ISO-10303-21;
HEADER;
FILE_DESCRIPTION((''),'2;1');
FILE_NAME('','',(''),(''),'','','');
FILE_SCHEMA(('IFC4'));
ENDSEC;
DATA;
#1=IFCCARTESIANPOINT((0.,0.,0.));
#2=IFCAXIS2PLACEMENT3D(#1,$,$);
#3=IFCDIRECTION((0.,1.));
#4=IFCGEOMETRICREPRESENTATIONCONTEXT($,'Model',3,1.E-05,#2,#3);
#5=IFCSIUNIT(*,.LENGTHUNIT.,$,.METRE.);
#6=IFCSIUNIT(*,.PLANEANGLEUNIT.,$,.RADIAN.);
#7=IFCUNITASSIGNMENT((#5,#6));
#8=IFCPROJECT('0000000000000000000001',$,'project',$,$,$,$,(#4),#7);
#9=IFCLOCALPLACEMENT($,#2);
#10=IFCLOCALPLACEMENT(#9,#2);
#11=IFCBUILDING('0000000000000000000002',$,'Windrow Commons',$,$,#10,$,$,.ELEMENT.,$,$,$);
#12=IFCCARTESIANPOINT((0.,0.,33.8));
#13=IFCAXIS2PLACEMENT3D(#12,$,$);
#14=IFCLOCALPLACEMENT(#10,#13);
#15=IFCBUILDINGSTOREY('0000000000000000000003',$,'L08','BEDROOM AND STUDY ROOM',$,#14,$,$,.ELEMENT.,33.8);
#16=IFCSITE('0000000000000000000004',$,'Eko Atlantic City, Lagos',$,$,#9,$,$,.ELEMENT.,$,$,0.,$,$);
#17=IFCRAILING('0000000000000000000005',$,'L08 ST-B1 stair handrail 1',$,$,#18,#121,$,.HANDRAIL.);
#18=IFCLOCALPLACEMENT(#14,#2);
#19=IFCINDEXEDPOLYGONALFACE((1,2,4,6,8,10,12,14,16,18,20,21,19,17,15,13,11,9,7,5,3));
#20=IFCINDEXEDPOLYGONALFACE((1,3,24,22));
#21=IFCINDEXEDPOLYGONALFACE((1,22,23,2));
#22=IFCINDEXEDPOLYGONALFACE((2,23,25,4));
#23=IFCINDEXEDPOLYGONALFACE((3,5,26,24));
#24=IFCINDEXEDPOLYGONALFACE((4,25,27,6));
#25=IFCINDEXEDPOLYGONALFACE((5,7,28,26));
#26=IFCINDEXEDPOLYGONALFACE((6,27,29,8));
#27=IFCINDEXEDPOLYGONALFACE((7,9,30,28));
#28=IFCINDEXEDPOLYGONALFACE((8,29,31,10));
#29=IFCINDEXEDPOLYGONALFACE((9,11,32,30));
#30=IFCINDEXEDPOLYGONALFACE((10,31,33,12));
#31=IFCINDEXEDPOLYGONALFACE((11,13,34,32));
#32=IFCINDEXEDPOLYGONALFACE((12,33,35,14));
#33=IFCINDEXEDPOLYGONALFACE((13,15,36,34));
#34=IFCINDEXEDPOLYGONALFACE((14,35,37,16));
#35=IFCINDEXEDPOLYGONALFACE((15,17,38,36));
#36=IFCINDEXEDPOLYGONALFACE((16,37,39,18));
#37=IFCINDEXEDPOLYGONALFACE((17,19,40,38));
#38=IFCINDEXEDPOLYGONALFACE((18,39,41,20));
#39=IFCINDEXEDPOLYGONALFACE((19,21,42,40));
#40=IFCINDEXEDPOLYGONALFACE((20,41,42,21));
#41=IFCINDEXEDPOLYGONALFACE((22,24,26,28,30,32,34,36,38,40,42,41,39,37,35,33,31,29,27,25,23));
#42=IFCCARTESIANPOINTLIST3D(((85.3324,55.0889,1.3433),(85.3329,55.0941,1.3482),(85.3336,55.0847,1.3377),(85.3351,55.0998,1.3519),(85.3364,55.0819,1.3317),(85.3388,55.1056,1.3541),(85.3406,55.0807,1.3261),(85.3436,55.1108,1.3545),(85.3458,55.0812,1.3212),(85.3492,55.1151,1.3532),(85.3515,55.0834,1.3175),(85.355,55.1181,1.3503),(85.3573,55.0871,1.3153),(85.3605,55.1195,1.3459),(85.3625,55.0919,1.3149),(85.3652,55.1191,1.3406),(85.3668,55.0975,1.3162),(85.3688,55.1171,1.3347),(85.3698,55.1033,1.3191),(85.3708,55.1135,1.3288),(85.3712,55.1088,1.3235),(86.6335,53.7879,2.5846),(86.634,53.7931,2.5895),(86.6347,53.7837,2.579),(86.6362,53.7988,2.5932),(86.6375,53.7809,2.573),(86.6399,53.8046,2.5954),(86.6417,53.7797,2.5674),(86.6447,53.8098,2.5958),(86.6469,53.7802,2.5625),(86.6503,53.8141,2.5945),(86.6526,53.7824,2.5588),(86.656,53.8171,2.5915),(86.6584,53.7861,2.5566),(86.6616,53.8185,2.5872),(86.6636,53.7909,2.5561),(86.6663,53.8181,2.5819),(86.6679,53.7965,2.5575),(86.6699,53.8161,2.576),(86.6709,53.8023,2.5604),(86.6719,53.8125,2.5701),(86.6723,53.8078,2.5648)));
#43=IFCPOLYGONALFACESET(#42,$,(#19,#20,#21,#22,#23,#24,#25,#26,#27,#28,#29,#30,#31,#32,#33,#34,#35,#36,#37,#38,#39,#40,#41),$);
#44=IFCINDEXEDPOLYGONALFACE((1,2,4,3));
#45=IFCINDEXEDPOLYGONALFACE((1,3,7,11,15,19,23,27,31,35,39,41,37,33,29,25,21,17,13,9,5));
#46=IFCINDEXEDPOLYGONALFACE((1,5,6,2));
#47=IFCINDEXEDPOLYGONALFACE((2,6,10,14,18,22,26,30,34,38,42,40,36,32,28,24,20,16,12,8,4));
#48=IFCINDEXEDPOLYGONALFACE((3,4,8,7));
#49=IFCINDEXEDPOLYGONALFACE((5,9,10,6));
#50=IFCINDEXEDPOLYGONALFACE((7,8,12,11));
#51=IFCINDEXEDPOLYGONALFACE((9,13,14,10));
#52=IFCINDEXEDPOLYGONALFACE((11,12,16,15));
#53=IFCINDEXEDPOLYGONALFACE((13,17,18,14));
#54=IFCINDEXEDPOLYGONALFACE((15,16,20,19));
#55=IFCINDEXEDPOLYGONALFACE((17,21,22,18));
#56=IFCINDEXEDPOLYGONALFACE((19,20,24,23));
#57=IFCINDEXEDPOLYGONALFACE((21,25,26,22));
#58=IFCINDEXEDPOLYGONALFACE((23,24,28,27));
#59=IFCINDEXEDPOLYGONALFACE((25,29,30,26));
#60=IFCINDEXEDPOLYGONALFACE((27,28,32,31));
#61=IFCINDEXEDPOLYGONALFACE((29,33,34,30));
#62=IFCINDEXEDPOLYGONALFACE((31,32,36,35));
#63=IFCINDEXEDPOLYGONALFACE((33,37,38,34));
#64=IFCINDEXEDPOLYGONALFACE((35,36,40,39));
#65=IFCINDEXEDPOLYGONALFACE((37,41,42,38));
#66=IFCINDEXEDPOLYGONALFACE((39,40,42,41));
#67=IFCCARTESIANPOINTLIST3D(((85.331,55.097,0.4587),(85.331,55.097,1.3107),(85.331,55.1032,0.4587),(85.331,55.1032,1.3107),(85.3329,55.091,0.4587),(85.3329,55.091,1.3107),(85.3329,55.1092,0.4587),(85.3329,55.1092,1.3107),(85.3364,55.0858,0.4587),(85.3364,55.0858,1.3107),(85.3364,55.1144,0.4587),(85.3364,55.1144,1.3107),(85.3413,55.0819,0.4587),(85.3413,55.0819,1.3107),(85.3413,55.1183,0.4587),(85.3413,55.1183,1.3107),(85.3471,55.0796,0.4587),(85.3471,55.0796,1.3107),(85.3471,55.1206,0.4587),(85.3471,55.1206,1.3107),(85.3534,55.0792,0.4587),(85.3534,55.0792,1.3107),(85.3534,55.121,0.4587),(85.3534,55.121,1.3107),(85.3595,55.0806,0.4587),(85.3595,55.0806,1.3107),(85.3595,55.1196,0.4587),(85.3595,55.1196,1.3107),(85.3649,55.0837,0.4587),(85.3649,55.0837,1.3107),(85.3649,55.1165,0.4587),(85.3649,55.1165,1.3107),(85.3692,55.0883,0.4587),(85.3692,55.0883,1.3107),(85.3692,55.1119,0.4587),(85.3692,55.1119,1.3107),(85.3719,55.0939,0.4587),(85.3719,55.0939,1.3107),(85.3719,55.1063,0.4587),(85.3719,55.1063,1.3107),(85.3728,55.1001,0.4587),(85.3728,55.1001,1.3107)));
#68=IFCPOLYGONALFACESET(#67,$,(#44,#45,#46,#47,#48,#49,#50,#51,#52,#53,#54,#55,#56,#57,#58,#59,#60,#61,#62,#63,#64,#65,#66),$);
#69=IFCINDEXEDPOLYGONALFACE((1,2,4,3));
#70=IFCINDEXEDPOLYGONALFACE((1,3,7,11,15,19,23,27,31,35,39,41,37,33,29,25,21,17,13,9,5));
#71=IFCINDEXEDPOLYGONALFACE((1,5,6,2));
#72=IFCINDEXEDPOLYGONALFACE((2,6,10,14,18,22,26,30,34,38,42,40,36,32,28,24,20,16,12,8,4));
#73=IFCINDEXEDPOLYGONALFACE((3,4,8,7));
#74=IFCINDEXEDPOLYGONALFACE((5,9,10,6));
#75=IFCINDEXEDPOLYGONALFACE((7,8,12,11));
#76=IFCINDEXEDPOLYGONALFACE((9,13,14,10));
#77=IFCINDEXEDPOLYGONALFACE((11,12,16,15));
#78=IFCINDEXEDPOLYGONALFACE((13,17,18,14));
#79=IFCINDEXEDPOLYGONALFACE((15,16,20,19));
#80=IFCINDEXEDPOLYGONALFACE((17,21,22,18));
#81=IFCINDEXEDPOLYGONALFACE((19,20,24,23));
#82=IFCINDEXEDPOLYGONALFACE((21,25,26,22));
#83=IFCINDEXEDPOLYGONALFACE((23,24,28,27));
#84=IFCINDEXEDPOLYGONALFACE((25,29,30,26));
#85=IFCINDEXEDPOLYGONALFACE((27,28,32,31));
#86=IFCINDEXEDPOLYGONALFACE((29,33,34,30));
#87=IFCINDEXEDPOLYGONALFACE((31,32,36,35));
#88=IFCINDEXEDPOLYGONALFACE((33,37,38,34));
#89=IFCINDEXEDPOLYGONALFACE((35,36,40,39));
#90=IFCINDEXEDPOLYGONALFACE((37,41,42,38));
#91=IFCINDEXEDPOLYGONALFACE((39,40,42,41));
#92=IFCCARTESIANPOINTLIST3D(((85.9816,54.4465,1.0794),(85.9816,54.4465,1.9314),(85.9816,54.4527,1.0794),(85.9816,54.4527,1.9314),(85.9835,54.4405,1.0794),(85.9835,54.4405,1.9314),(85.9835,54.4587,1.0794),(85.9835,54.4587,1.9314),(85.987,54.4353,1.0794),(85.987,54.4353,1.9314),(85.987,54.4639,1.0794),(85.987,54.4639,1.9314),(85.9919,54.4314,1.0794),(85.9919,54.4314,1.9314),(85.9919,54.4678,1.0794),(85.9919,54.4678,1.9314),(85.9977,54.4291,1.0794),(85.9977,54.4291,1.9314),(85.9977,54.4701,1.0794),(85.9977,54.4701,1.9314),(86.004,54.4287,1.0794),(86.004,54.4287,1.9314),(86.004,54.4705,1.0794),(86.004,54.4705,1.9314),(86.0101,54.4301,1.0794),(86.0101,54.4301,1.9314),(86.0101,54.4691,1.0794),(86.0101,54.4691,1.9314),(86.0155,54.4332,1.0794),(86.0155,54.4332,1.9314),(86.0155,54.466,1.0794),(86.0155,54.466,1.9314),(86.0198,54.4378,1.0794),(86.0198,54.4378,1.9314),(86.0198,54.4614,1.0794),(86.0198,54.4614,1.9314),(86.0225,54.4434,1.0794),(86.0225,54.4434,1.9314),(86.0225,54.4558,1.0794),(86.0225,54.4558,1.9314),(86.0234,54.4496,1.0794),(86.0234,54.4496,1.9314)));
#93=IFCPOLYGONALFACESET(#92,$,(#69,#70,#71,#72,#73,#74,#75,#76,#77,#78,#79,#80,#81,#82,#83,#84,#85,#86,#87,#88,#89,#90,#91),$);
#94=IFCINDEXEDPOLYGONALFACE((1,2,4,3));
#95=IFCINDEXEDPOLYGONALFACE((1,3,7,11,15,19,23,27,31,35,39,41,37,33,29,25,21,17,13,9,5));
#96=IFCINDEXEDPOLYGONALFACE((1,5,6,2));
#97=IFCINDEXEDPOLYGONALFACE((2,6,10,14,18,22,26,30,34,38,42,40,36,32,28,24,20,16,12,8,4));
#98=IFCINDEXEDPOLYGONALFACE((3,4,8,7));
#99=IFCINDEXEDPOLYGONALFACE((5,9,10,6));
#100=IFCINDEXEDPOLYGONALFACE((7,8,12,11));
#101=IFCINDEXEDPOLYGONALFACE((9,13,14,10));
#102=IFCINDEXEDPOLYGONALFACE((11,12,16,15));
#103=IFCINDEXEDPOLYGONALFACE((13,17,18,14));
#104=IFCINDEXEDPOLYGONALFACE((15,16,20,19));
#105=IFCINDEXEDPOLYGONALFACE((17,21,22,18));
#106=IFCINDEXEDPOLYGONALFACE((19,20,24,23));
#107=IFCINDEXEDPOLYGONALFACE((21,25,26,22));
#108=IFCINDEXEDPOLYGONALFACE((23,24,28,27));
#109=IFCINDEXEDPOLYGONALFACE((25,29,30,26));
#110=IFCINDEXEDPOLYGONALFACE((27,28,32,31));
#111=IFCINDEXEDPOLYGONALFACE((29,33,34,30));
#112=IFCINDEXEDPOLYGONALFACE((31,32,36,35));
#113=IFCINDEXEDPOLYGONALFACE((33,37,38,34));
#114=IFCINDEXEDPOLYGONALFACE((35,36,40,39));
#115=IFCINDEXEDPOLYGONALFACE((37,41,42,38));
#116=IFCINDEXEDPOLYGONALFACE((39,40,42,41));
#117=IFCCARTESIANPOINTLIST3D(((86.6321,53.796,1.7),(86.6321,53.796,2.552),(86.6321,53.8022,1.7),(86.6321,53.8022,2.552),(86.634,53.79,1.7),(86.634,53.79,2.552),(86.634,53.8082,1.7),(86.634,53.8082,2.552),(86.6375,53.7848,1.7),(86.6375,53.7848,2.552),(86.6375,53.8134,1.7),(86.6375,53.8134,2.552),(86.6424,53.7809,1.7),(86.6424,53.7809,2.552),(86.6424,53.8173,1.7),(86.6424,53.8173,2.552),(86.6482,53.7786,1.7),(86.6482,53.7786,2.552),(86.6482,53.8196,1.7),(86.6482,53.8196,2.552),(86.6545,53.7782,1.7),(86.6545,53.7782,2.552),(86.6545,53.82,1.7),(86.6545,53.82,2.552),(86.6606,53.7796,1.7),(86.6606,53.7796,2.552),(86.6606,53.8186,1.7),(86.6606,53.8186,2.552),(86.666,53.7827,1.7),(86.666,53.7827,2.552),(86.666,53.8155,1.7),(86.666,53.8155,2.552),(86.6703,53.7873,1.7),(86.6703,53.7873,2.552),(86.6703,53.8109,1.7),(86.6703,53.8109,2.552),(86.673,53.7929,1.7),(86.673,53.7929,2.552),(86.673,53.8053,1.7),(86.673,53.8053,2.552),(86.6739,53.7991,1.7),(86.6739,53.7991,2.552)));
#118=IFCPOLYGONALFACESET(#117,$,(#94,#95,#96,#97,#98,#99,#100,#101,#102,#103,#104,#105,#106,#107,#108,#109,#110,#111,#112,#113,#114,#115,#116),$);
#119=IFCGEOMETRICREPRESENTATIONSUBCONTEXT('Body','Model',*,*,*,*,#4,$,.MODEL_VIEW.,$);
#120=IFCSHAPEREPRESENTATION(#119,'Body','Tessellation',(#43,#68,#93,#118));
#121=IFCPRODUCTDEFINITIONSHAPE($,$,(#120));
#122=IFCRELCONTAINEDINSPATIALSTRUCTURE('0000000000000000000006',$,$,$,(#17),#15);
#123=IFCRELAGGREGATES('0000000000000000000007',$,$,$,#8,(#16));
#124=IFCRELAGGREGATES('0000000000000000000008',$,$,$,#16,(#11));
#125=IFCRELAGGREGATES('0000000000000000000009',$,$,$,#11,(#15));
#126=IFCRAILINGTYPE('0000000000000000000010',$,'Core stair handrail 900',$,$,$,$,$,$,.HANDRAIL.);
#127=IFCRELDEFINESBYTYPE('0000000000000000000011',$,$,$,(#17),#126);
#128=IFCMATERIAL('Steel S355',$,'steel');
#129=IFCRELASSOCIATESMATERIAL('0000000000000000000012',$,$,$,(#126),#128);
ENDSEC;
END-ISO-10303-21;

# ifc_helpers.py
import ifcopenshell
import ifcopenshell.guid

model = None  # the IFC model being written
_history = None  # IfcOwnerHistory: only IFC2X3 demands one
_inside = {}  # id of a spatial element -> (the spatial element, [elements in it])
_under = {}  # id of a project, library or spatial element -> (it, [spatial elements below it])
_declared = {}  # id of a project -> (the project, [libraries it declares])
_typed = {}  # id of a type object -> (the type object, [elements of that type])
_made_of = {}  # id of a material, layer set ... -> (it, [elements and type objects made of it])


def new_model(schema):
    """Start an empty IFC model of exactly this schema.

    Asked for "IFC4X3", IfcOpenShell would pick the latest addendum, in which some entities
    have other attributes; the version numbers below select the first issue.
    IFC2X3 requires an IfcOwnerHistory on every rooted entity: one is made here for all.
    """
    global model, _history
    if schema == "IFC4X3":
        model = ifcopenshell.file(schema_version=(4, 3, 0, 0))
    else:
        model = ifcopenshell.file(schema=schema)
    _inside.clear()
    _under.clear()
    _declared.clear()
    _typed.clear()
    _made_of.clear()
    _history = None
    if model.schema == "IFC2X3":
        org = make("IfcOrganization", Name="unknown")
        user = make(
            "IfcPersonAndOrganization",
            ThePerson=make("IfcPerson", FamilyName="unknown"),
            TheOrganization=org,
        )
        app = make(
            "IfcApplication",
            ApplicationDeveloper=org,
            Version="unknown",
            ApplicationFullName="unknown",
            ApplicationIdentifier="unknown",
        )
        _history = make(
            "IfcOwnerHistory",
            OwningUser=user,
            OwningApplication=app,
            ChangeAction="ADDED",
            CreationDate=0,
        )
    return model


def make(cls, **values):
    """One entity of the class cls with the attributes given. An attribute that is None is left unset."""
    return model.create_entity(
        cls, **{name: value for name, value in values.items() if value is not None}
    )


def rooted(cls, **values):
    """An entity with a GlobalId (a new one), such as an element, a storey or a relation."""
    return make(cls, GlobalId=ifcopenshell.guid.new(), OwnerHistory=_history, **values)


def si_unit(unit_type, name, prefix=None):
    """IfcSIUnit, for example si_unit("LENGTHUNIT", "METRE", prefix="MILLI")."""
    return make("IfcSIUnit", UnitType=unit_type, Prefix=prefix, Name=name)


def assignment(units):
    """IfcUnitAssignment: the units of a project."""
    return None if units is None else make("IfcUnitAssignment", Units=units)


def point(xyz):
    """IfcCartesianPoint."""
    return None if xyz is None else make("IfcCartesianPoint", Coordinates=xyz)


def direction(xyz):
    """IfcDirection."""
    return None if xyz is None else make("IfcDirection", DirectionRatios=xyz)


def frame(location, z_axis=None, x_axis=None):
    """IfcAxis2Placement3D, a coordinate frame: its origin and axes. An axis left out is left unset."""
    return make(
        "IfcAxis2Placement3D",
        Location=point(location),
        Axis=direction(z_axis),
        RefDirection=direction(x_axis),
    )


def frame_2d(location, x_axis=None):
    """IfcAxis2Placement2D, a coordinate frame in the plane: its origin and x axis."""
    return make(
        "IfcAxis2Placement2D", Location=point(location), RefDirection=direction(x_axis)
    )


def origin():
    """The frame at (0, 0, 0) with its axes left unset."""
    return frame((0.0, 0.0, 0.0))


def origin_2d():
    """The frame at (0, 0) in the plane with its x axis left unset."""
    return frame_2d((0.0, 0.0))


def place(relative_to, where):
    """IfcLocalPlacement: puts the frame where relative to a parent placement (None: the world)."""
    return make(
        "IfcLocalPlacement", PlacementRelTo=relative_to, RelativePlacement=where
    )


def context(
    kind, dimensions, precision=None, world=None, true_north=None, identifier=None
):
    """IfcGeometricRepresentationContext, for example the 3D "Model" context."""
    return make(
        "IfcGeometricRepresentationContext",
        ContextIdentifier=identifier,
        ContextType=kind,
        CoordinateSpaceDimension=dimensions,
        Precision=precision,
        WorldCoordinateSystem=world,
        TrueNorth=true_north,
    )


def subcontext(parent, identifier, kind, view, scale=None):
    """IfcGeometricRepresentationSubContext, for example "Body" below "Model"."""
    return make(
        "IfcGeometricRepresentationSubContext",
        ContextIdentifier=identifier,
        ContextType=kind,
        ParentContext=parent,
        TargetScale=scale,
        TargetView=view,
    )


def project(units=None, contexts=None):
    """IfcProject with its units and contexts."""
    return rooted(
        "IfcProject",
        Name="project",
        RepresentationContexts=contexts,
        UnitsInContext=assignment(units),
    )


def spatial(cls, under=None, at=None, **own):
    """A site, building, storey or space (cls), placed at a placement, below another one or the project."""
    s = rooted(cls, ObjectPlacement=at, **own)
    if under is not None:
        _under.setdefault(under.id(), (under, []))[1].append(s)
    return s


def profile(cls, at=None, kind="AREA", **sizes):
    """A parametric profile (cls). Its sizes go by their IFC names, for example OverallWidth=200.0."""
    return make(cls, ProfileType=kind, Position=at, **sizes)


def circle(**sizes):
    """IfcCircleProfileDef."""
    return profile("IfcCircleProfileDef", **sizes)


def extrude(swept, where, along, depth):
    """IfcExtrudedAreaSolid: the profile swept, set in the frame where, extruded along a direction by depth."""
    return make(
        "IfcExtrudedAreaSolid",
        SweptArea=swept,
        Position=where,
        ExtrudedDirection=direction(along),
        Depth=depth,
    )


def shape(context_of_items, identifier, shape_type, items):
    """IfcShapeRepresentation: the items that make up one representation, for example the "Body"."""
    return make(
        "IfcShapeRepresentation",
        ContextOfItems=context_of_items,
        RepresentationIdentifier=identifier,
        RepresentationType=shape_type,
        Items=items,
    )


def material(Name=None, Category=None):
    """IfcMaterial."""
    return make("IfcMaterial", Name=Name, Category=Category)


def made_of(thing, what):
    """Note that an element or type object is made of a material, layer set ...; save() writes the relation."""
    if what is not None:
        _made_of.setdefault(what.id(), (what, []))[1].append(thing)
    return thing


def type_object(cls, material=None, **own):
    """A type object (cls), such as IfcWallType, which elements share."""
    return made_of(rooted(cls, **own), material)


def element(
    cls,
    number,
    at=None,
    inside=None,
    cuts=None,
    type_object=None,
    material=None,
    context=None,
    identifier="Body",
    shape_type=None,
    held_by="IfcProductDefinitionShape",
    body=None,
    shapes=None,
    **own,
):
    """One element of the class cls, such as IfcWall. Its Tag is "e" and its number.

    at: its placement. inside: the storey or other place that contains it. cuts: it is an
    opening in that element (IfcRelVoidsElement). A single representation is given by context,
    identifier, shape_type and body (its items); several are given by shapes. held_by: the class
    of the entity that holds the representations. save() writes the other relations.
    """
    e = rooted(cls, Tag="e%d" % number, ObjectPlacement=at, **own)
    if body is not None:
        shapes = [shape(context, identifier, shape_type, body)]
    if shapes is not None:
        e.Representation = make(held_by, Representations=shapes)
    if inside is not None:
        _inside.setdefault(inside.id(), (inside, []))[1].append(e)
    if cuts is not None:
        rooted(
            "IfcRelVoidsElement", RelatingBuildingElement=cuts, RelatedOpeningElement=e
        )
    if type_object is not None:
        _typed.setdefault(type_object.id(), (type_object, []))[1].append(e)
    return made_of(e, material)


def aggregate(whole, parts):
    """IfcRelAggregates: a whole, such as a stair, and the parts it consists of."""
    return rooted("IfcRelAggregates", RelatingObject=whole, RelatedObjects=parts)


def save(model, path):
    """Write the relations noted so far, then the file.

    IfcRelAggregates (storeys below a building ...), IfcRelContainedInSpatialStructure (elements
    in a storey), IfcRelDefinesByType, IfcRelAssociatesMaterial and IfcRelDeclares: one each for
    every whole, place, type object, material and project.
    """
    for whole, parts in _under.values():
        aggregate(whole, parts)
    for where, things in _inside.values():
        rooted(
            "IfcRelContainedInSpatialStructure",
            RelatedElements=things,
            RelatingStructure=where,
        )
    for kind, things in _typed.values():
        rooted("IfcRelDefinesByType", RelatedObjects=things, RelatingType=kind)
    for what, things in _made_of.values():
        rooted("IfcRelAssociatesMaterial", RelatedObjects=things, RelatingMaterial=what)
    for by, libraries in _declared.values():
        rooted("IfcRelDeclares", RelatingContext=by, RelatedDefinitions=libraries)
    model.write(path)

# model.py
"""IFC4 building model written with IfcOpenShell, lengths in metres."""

from ifc_helpers import new_model, si_unit, direction, frame, origin, origin_2d, place, context, subcontext, project, spatial, circle, extrude, material, type_object, element, save


model = new_model("IFC4")

# Units and contexts
model_context = context("Model", 3, precision=1e-05, world=origin(), true_north=direction((0.0, 1.0)))
body_context = subcontext(model_context, "Body", "Model", "MODEL_VIEW")
ifc_project = project(units=[si_unit("LENGTHUNIT", "METRE"), si_unit("PLANEANGLEUNIT", "RADIAN")], contexts=[model_context])

# Site, building, storey
site_placement = place(None, origin())
site = spatial("IfcSite", under=ifc_project, at=site_placement, Name="Eko Atlantic City, Lagos", CompositionType="ELEMENT", RefElevation=0.0)
building_placement = place(site_placement, origin())
building = spatial("IfcBuilding", under=site, at=building_placement, Name="Windrow Commons", CompositionType="ELEMENT")
storey_placement = place(building_placement, frame((0.0, 0.0, 33.8)))
storey = spatial("IfcBuildingStorey", under=building, at=storey_placement, Name="L08", Description="BEDROOM AND STUDY ROOM", CompositionType="ELEMENT", Elevation=33.8)

# Railing
ifc_material_1 = material(Name="Steel S355", Category="steel")
railing_type_1 = type_object("IfcRailingType", Name="Core stair handrail 900", PredefinedType="HANDRAIL", material=ifc_material_1)
railing_1_placement = place(storey_placement, frame((85.3518, 55.1001, 0.4587)))
element("IfcRailing", 1, at=railing_1_placement, inside=storey, type_object=railing_type_1, Name="L08 ST-B1 stair handrail 1", PredefinedType="HANDRAIL", context=body_context, shape_type="SweptSolid", body=[
    extrude(circle(Radius=0.024, at=origin_2d()), frame((0.0, 0.0, 0.876), z_axis=(0.586207, -0.586162, 0.559264), x_axis=(0.70708, 0.707134, 0.0)), (0.0, 0.0, 1.0), 2.2195),
    extrude(circle(Radius=0.021, at=origin_2d()), origin(), (0.0, 0.0, 1.0), 0.852),
    extrude(circle(Radius=0.021, at=origin_2d()), frame((0.6506, -0.6505, 0.6207)), (0.0, 0.0, 1.0), 0.852),
    extrude(circle(Radius=0.021, at=origin_2d()), frame((1.3011, -1.301, 1.2413)), (0.0, 0.0, 1.0), 0.852),
])

save(model, "model.ifc")
